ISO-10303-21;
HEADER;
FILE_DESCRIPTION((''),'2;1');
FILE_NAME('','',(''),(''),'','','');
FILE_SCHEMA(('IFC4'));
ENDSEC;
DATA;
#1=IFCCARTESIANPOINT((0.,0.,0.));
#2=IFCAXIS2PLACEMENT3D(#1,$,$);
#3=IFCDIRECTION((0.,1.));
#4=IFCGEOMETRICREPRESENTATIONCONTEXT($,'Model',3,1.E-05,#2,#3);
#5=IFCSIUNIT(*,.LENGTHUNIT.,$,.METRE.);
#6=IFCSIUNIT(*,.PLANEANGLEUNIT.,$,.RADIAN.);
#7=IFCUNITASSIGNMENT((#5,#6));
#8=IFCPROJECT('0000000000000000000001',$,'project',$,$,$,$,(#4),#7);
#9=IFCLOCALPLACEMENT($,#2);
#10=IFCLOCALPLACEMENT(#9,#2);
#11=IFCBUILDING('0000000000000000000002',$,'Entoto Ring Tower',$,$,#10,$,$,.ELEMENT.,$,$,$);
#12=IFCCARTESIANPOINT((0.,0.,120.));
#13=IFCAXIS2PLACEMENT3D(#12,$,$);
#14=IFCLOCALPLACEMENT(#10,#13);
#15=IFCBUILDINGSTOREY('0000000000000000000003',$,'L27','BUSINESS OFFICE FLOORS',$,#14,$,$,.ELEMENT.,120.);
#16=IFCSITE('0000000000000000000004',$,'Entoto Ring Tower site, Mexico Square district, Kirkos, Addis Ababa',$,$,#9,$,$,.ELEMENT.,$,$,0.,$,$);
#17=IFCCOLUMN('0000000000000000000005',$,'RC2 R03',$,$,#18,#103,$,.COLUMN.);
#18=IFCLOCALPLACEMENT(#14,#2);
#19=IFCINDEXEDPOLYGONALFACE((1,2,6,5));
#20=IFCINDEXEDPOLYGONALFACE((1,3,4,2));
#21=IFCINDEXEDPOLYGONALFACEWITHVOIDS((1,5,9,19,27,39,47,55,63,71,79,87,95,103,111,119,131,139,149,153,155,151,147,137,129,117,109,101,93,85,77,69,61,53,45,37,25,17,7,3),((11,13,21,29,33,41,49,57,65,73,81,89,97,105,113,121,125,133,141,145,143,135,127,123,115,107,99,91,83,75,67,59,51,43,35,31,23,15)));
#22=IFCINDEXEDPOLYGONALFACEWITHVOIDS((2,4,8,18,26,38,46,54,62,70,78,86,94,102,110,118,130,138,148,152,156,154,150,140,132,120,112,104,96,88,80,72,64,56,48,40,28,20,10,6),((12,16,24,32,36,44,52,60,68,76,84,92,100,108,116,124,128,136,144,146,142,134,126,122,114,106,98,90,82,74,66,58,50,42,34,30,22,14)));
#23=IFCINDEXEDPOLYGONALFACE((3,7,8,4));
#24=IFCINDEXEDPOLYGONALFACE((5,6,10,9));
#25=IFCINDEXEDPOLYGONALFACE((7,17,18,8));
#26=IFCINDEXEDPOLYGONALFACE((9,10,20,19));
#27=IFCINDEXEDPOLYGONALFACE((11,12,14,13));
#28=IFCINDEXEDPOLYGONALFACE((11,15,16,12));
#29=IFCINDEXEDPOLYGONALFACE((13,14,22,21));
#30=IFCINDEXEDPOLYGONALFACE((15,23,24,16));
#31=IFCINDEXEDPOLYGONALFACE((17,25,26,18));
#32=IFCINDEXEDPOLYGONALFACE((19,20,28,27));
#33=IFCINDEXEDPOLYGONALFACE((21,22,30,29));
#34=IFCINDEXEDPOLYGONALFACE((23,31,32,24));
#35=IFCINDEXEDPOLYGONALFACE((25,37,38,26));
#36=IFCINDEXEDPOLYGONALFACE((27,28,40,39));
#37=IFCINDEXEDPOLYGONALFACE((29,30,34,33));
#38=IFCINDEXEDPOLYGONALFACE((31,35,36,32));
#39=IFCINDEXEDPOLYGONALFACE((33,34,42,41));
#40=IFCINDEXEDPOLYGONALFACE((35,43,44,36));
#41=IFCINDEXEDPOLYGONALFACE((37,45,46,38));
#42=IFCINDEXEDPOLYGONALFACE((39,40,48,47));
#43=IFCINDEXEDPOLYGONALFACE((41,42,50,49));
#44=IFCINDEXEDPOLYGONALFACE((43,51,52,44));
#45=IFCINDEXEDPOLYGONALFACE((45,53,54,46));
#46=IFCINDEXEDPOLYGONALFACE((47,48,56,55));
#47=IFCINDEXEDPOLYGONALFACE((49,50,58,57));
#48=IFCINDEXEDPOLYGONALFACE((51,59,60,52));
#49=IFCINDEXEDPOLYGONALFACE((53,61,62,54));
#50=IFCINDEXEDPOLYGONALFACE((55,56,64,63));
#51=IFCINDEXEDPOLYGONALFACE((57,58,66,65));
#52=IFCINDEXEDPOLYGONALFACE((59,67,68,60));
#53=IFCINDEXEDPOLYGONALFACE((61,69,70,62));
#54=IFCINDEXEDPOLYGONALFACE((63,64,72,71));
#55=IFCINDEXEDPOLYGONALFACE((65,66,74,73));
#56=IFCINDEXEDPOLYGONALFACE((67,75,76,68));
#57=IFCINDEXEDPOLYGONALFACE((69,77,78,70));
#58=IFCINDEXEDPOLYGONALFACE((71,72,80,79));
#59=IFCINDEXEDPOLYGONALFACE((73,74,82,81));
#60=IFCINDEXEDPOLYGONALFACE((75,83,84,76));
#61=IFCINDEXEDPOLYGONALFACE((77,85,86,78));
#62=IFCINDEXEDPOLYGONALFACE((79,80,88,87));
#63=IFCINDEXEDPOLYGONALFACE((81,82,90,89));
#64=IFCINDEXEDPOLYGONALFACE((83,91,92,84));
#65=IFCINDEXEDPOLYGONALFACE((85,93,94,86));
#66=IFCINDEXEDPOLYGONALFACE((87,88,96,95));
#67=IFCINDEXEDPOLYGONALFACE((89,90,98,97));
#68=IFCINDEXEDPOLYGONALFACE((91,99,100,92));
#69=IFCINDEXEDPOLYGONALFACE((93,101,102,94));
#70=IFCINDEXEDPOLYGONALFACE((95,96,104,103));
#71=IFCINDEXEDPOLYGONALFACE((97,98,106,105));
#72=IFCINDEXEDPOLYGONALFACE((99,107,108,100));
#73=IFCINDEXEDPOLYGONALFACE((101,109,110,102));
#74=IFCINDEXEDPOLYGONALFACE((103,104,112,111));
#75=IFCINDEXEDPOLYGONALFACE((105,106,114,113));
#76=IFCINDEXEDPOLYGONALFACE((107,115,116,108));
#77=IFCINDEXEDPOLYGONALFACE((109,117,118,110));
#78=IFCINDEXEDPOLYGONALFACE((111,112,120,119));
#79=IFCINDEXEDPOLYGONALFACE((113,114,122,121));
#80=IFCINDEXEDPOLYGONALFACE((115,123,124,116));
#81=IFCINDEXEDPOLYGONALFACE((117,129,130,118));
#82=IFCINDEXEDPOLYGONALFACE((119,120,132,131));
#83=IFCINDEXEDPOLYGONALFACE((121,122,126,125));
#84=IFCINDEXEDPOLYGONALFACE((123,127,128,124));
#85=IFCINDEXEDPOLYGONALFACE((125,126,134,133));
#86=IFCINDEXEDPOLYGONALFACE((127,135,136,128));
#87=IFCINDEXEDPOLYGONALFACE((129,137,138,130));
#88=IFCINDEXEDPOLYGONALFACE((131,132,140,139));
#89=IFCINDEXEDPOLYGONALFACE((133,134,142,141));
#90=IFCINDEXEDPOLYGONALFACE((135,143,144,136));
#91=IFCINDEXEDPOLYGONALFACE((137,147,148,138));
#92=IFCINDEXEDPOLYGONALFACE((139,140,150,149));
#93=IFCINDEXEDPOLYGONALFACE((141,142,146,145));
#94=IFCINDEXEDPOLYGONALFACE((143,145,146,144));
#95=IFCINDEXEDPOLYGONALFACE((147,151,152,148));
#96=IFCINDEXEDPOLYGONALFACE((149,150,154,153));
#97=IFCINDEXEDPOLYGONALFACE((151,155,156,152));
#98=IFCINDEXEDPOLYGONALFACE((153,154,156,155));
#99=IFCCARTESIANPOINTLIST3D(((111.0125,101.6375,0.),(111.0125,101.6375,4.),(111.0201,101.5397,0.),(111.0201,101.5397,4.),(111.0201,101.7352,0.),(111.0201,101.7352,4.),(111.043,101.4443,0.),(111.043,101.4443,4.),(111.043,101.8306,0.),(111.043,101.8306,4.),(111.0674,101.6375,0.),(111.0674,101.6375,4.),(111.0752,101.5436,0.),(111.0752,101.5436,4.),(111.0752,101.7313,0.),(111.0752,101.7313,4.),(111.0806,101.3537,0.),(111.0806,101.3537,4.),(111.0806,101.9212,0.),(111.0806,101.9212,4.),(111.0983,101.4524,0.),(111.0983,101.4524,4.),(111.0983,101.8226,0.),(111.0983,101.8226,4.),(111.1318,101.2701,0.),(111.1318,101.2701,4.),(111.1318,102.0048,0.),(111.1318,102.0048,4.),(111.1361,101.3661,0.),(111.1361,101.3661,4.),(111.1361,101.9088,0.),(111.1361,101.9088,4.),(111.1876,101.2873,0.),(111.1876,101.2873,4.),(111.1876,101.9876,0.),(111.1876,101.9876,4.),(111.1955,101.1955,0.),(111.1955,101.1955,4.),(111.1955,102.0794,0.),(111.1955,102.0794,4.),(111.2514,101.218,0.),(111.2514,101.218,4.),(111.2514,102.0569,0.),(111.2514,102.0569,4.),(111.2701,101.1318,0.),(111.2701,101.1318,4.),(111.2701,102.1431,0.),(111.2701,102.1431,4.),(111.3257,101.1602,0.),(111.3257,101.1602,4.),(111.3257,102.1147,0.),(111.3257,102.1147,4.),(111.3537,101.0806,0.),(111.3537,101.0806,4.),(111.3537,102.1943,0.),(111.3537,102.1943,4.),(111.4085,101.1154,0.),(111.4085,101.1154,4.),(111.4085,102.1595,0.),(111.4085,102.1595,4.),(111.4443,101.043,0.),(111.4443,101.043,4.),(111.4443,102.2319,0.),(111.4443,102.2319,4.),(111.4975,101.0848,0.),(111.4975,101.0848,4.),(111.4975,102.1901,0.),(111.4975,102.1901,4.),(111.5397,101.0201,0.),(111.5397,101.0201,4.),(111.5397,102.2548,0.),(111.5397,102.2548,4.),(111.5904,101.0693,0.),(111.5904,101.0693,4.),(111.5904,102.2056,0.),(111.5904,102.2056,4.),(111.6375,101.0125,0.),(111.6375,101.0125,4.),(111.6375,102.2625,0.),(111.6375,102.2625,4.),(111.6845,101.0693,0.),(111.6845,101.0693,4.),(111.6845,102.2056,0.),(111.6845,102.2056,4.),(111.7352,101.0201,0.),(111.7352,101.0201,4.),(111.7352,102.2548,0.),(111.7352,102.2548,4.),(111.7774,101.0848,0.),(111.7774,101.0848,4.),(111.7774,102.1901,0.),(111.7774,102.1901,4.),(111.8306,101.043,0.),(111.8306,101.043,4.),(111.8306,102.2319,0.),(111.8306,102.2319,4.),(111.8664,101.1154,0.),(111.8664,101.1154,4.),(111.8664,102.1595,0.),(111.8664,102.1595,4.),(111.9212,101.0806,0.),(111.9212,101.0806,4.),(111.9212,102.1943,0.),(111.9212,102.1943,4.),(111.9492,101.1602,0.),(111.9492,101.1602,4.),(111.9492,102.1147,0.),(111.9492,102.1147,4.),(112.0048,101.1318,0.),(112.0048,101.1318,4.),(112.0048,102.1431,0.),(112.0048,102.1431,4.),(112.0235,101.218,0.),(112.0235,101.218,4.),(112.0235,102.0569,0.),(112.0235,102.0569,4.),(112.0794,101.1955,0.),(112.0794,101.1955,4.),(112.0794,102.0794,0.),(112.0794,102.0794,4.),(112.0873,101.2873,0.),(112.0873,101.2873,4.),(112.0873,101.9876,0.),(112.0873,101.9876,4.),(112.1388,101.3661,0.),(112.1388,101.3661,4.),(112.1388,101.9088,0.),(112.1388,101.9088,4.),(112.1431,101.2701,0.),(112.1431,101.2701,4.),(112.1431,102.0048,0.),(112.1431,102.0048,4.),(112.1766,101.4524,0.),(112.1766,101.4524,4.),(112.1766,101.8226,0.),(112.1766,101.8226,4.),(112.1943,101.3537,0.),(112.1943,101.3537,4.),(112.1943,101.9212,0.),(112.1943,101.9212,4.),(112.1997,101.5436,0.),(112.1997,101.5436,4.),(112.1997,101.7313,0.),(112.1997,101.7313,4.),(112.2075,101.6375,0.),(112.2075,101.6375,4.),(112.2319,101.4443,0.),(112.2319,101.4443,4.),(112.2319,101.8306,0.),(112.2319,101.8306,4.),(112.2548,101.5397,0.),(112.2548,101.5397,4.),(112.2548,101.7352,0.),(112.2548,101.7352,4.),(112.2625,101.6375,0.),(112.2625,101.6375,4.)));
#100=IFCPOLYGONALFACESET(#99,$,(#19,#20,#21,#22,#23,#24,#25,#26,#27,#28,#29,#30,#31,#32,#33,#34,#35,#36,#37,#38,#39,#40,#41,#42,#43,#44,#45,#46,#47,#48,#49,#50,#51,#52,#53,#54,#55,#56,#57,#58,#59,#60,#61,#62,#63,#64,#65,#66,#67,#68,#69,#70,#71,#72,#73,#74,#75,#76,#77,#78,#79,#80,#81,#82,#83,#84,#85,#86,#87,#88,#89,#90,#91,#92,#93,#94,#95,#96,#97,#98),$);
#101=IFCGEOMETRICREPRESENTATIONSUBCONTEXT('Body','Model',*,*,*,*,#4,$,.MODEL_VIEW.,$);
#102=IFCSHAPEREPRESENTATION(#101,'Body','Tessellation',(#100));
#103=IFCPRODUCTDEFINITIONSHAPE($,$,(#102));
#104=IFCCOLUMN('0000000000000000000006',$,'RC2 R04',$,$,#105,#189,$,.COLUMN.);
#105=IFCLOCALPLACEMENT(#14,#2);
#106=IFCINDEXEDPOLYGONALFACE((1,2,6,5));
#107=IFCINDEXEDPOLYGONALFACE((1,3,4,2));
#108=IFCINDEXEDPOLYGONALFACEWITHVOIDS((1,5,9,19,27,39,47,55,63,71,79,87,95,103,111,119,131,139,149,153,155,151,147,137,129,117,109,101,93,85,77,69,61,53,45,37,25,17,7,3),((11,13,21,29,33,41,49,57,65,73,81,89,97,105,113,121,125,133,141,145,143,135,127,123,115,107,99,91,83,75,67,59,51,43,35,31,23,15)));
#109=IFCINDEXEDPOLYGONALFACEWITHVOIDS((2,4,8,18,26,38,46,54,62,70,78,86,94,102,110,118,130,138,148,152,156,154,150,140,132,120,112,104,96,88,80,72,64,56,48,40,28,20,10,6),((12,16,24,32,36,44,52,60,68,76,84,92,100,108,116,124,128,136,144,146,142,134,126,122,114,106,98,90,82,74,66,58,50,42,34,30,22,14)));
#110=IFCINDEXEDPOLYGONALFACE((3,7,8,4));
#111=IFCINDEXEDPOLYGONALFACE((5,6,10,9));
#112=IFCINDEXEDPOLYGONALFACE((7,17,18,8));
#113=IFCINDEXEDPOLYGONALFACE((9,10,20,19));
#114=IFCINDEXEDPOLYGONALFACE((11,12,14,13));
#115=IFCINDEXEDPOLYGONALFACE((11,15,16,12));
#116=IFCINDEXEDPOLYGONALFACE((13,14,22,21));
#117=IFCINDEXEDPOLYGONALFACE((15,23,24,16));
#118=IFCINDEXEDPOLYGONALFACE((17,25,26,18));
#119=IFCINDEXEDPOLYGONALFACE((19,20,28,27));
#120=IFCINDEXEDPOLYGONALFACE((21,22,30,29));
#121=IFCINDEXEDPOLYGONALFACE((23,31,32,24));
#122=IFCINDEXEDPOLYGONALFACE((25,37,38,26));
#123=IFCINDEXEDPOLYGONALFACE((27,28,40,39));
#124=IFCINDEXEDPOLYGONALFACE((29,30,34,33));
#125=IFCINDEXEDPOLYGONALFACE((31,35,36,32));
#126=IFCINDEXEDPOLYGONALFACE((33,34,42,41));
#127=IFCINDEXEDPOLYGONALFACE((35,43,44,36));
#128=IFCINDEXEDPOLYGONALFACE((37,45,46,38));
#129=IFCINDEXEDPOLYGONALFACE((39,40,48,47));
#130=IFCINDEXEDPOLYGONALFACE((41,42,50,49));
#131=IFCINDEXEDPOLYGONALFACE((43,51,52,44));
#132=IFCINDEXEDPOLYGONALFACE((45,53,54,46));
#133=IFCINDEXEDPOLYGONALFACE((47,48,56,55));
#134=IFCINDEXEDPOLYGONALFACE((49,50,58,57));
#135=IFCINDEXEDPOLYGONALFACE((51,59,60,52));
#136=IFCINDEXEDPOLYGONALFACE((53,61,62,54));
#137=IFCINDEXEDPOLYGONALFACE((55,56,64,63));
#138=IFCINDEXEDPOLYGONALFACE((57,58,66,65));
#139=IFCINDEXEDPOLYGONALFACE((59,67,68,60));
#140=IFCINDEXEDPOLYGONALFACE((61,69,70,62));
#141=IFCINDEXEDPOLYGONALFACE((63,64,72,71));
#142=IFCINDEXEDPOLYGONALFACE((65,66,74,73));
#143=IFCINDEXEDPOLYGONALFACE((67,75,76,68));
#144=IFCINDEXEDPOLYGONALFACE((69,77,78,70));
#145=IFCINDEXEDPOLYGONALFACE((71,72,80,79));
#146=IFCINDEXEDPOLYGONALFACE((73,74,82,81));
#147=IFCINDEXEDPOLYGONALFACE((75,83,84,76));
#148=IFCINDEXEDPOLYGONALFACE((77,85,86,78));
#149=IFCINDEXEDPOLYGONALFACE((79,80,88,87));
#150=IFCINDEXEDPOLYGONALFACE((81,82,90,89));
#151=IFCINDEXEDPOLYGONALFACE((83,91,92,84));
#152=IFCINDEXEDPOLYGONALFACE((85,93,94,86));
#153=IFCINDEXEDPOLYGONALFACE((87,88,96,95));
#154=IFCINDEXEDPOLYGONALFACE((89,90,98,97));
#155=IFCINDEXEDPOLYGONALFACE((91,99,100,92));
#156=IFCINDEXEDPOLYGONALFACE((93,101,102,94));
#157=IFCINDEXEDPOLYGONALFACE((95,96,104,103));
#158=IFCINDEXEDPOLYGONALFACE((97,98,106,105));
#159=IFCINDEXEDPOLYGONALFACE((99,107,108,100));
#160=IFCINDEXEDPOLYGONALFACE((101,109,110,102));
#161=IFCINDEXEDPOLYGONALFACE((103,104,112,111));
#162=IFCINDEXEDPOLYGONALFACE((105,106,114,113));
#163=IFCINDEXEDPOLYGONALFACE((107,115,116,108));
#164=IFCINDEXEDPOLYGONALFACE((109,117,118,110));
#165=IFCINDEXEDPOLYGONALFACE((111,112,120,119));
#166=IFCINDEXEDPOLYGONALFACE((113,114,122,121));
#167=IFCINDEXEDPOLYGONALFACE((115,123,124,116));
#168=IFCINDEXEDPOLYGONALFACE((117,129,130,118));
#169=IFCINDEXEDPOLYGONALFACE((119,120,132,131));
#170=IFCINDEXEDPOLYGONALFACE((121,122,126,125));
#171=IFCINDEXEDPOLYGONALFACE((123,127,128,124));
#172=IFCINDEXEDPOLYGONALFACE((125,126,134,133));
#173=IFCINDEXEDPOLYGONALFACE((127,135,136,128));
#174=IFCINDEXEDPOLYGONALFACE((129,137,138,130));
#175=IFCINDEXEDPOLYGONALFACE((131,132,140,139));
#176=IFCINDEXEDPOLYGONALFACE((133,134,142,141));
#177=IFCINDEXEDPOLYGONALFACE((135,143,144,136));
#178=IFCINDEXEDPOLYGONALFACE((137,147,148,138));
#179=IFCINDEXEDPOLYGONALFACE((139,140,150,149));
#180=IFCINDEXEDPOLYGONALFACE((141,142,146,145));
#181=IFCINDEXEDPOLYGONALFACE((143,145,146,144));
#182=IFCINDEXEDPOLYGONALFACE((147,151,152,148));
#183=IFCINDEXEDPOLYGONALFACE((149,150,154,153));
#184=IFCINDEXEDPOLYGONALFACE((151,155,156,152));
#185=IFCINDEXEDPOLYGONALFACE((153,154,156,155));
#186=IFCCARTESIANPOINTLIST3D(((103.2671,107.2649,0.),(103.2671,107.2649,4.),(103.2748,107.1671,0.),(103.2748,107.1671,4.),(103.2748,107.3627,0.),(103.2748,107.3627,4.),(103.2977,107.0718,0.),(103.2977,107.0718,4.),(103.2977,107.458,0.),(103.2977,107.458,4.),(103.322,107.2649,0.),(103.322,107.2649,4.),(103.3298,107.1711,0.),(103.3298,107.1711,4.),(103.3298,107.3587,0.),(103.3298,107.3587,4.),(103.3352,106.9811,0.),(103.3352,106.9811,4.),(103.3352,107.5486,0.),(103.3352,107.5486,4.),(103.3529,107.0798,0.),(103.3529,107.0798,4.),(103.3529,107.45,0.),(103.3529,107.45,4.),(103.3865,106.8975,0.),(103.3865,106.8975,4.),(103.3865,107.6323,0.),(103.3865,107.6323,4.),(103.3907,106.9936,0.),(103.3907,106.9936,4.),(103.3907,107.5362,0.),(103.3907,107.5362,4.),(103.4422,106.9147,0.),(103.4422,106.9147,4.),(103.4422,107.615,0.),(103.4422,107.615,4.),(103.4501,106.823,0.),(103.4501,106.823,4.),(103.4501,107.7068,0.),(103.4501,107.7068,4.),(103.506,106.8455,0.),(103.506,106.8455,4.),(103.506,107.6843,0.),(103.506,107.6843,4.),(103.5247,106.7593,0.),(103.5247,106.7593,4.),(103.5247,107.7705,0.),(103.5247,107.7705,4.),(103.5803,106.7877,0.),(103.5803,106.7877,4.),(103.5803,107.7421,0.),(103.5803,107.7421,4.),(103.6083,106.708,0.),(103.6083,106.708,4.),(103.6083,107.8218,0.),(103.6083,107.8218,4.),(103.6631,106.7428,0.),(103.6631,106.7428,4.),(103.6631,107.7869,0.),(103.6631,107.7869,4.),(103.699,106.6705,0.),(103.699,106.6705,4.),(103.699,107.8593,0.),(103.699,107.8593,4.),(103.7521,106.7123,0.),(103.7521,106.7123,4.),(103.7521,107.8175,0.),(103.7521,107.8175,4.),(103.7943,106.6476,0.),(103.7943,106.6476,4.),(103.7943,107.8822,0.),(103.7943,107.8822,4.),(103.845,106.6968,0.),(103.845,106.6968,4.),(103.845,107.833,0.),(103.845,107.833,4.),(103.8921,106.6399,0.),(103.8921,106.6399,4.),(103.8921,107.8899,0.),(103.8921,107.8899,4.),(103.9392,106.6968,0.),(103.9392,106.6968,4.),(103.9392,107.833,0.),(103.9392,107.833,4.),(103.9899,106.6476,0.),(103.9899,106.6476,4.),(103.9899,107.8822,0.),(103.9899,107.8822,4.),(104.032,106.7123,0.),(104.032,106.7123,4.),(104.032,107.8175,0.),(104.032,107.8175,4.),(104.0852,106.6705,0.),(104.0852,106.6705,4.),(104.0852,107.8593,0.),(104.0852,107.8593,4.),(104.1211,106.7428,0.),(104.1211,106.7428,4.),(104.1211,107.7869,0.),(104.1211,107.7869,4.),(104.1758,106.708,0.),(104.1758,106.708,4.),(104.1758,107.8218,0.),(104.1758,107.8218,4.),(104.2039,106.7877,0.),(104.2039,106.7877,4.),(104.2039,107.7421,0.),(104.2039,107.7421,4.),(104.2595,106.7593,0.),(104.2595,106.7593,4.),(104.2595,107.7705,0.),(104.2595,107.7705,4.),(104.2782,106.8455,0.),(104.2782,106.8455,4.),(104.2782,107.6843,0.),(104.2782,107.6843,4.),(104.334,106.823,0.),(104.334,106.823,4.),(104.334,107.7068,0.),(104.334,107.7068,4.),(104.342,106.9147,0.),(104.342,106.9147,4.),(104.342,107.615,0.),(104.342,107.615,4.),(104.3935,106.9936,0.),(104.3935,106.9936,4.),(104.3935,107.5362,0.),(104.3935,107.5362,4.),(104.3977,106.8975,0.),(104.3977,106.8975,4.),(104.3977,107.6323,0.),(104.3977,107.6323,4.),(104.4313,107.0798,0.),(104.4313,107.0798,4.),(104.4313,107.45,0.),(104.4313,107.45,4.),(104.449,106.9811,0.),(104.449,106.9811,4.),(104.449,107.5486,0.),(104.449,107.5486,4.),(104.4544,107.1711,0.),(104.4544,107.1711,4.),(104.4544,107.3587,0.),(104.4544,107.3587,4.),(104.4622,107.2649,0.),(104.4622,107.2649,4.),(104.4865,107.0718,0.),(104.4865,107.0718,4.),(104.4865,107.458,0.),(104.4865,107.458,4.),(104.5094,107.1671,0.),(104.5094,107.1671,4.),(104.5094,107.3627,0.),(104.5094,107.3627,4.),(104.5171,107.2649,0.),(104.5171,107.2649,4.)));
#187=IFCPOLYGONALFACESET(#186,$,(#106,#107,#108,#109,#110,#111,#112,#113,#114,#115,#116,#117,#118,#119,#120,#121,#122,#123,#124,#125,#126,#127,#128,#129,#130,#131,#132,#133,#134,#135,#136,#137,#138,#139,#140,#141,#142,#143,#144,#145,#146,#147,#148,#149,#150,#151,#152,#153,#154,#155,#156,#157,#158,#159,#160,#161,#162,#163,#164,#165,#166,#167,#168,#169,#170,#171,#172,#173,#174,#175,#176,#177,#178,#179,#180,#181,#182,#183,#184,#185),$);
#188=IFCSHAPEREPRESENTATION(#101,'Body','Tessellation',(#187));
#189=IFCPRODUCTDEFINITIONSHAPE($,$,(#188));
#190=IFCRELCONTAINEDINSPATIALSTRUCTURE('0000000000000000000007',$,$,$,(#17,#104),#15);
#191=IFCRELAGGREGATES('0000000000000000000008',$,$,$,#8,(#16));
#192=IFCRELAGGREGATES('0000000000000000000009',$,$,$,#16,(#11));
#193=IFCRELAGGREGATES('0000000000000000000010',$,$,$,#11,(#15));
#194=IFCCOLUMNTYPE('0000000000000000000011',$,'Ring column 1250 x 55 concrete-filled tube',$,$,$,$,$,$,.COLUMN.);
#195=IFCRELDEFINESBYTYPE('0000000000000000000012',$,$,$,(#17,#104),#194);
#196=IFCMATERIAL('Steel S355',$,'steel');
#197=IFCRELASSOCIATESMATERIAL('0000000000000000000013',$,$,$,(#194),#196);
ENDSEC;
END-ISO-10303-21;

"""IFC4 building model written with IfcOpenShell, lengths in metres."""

from ifc_helpers import new_model, si_unit, direction, frame, origin, origin_2d, place, context, subcontext, project, spatial, circle, hollow_circle, extrude, material, material_profile, profile_set, type_object, element, save


model = new_model("IFC4")

# Units and contexts
model_context = context("Model", 3, precision=1e-05, world=origin(), true_north=direction((0.0, 1.0)))
body_context = subcontext(model_context, "Body", "Model", "MODEL_VIEW")
ifc_project = project(units=[si_unit("LENGTHUNIT", "METRE"), si_unit("PLANEANGLEUNIT", "RADIAN")], contexts=[model_context])

# Site, building, storey
site_placement = place(None, origin())
site = spatial("IfcSite", under=ifc_project, at=site_placement, Name="Entoto Ring Tower site, Mexico Square district, Kirkos, Addis Ababa", CompositionType="ELEMENT", RefElevation=0.0)
building_placement = place(site_placement, origin())
building = spatial("IfcBuilding", under=site, at=building_placement, Name="Entoto Ring Tower", CompositionType="ELEMENT")
storey_placement = place(building_placement, frame((0.0, 0.0, 120.0)))
storey = spatial("IfcBuildingStorey", under=building, at=storey_placement, Name="L27", Description="BUSINESS OFFICE FLOORS", CompositionType="ELEMENT", Elevation=120.0)

# Columns
ifc_material_1 = material(Name="Steel S355", Category="steel")
ifc_material_profile_1 = material_profile(ifc_material_1, hollow_circle(Radius=0.625, WallThickness=0.0549, at=origin_2d()), Name="CHS 1250 x 55")
ifc_material_2 = material(Name="Concrete C60/75", Category="concrete")
ifc_material_profile_2 = material_profile(ifc_material_2, circle(Radius=0.5701, at=origin_2d()), Name="Concrete C60/75 infill")
ifc_profile_set_1 = profile_set([ifc_material_profile_1, ifc_material_profile_2], Name="Steel S355")
column_type = type_object("IfcColumnType", Name="Ring column 1250 x 55 concrete-filled tube", PredefinedType="COLUMN", material=ifc_profile_set_1)
for number, where, z_axis, x_axis, name in (
    (1, (111.6375, 101.6375, 0.0), (0.0, 0.0, 1.0), (1.0, 0.0, 0.0), "RC2 R03"),
    (2, (103.8921, 107.2649, 0.0), (0.0, 0.0, 1.0), (1.0, 0.0, 0.0), "RC2 R04"),
):
    element("IfcColumn", number, at=place(storey_placement, frame(where, z_axis=z_axis, x_axis=x_axis)), inside=storey, type_object=column_type, Name=name, PredefinedType="COLUMN", context=body_context, shape_type="SweptSolid", body=[
        extrude(hollow_circle(Radius=0.625, WallThickness=0.0549, at=origin_2d()), origin(), (0.0, 0.0, 1.0), 4.0),
    ])

save(model, "model.ifc")
